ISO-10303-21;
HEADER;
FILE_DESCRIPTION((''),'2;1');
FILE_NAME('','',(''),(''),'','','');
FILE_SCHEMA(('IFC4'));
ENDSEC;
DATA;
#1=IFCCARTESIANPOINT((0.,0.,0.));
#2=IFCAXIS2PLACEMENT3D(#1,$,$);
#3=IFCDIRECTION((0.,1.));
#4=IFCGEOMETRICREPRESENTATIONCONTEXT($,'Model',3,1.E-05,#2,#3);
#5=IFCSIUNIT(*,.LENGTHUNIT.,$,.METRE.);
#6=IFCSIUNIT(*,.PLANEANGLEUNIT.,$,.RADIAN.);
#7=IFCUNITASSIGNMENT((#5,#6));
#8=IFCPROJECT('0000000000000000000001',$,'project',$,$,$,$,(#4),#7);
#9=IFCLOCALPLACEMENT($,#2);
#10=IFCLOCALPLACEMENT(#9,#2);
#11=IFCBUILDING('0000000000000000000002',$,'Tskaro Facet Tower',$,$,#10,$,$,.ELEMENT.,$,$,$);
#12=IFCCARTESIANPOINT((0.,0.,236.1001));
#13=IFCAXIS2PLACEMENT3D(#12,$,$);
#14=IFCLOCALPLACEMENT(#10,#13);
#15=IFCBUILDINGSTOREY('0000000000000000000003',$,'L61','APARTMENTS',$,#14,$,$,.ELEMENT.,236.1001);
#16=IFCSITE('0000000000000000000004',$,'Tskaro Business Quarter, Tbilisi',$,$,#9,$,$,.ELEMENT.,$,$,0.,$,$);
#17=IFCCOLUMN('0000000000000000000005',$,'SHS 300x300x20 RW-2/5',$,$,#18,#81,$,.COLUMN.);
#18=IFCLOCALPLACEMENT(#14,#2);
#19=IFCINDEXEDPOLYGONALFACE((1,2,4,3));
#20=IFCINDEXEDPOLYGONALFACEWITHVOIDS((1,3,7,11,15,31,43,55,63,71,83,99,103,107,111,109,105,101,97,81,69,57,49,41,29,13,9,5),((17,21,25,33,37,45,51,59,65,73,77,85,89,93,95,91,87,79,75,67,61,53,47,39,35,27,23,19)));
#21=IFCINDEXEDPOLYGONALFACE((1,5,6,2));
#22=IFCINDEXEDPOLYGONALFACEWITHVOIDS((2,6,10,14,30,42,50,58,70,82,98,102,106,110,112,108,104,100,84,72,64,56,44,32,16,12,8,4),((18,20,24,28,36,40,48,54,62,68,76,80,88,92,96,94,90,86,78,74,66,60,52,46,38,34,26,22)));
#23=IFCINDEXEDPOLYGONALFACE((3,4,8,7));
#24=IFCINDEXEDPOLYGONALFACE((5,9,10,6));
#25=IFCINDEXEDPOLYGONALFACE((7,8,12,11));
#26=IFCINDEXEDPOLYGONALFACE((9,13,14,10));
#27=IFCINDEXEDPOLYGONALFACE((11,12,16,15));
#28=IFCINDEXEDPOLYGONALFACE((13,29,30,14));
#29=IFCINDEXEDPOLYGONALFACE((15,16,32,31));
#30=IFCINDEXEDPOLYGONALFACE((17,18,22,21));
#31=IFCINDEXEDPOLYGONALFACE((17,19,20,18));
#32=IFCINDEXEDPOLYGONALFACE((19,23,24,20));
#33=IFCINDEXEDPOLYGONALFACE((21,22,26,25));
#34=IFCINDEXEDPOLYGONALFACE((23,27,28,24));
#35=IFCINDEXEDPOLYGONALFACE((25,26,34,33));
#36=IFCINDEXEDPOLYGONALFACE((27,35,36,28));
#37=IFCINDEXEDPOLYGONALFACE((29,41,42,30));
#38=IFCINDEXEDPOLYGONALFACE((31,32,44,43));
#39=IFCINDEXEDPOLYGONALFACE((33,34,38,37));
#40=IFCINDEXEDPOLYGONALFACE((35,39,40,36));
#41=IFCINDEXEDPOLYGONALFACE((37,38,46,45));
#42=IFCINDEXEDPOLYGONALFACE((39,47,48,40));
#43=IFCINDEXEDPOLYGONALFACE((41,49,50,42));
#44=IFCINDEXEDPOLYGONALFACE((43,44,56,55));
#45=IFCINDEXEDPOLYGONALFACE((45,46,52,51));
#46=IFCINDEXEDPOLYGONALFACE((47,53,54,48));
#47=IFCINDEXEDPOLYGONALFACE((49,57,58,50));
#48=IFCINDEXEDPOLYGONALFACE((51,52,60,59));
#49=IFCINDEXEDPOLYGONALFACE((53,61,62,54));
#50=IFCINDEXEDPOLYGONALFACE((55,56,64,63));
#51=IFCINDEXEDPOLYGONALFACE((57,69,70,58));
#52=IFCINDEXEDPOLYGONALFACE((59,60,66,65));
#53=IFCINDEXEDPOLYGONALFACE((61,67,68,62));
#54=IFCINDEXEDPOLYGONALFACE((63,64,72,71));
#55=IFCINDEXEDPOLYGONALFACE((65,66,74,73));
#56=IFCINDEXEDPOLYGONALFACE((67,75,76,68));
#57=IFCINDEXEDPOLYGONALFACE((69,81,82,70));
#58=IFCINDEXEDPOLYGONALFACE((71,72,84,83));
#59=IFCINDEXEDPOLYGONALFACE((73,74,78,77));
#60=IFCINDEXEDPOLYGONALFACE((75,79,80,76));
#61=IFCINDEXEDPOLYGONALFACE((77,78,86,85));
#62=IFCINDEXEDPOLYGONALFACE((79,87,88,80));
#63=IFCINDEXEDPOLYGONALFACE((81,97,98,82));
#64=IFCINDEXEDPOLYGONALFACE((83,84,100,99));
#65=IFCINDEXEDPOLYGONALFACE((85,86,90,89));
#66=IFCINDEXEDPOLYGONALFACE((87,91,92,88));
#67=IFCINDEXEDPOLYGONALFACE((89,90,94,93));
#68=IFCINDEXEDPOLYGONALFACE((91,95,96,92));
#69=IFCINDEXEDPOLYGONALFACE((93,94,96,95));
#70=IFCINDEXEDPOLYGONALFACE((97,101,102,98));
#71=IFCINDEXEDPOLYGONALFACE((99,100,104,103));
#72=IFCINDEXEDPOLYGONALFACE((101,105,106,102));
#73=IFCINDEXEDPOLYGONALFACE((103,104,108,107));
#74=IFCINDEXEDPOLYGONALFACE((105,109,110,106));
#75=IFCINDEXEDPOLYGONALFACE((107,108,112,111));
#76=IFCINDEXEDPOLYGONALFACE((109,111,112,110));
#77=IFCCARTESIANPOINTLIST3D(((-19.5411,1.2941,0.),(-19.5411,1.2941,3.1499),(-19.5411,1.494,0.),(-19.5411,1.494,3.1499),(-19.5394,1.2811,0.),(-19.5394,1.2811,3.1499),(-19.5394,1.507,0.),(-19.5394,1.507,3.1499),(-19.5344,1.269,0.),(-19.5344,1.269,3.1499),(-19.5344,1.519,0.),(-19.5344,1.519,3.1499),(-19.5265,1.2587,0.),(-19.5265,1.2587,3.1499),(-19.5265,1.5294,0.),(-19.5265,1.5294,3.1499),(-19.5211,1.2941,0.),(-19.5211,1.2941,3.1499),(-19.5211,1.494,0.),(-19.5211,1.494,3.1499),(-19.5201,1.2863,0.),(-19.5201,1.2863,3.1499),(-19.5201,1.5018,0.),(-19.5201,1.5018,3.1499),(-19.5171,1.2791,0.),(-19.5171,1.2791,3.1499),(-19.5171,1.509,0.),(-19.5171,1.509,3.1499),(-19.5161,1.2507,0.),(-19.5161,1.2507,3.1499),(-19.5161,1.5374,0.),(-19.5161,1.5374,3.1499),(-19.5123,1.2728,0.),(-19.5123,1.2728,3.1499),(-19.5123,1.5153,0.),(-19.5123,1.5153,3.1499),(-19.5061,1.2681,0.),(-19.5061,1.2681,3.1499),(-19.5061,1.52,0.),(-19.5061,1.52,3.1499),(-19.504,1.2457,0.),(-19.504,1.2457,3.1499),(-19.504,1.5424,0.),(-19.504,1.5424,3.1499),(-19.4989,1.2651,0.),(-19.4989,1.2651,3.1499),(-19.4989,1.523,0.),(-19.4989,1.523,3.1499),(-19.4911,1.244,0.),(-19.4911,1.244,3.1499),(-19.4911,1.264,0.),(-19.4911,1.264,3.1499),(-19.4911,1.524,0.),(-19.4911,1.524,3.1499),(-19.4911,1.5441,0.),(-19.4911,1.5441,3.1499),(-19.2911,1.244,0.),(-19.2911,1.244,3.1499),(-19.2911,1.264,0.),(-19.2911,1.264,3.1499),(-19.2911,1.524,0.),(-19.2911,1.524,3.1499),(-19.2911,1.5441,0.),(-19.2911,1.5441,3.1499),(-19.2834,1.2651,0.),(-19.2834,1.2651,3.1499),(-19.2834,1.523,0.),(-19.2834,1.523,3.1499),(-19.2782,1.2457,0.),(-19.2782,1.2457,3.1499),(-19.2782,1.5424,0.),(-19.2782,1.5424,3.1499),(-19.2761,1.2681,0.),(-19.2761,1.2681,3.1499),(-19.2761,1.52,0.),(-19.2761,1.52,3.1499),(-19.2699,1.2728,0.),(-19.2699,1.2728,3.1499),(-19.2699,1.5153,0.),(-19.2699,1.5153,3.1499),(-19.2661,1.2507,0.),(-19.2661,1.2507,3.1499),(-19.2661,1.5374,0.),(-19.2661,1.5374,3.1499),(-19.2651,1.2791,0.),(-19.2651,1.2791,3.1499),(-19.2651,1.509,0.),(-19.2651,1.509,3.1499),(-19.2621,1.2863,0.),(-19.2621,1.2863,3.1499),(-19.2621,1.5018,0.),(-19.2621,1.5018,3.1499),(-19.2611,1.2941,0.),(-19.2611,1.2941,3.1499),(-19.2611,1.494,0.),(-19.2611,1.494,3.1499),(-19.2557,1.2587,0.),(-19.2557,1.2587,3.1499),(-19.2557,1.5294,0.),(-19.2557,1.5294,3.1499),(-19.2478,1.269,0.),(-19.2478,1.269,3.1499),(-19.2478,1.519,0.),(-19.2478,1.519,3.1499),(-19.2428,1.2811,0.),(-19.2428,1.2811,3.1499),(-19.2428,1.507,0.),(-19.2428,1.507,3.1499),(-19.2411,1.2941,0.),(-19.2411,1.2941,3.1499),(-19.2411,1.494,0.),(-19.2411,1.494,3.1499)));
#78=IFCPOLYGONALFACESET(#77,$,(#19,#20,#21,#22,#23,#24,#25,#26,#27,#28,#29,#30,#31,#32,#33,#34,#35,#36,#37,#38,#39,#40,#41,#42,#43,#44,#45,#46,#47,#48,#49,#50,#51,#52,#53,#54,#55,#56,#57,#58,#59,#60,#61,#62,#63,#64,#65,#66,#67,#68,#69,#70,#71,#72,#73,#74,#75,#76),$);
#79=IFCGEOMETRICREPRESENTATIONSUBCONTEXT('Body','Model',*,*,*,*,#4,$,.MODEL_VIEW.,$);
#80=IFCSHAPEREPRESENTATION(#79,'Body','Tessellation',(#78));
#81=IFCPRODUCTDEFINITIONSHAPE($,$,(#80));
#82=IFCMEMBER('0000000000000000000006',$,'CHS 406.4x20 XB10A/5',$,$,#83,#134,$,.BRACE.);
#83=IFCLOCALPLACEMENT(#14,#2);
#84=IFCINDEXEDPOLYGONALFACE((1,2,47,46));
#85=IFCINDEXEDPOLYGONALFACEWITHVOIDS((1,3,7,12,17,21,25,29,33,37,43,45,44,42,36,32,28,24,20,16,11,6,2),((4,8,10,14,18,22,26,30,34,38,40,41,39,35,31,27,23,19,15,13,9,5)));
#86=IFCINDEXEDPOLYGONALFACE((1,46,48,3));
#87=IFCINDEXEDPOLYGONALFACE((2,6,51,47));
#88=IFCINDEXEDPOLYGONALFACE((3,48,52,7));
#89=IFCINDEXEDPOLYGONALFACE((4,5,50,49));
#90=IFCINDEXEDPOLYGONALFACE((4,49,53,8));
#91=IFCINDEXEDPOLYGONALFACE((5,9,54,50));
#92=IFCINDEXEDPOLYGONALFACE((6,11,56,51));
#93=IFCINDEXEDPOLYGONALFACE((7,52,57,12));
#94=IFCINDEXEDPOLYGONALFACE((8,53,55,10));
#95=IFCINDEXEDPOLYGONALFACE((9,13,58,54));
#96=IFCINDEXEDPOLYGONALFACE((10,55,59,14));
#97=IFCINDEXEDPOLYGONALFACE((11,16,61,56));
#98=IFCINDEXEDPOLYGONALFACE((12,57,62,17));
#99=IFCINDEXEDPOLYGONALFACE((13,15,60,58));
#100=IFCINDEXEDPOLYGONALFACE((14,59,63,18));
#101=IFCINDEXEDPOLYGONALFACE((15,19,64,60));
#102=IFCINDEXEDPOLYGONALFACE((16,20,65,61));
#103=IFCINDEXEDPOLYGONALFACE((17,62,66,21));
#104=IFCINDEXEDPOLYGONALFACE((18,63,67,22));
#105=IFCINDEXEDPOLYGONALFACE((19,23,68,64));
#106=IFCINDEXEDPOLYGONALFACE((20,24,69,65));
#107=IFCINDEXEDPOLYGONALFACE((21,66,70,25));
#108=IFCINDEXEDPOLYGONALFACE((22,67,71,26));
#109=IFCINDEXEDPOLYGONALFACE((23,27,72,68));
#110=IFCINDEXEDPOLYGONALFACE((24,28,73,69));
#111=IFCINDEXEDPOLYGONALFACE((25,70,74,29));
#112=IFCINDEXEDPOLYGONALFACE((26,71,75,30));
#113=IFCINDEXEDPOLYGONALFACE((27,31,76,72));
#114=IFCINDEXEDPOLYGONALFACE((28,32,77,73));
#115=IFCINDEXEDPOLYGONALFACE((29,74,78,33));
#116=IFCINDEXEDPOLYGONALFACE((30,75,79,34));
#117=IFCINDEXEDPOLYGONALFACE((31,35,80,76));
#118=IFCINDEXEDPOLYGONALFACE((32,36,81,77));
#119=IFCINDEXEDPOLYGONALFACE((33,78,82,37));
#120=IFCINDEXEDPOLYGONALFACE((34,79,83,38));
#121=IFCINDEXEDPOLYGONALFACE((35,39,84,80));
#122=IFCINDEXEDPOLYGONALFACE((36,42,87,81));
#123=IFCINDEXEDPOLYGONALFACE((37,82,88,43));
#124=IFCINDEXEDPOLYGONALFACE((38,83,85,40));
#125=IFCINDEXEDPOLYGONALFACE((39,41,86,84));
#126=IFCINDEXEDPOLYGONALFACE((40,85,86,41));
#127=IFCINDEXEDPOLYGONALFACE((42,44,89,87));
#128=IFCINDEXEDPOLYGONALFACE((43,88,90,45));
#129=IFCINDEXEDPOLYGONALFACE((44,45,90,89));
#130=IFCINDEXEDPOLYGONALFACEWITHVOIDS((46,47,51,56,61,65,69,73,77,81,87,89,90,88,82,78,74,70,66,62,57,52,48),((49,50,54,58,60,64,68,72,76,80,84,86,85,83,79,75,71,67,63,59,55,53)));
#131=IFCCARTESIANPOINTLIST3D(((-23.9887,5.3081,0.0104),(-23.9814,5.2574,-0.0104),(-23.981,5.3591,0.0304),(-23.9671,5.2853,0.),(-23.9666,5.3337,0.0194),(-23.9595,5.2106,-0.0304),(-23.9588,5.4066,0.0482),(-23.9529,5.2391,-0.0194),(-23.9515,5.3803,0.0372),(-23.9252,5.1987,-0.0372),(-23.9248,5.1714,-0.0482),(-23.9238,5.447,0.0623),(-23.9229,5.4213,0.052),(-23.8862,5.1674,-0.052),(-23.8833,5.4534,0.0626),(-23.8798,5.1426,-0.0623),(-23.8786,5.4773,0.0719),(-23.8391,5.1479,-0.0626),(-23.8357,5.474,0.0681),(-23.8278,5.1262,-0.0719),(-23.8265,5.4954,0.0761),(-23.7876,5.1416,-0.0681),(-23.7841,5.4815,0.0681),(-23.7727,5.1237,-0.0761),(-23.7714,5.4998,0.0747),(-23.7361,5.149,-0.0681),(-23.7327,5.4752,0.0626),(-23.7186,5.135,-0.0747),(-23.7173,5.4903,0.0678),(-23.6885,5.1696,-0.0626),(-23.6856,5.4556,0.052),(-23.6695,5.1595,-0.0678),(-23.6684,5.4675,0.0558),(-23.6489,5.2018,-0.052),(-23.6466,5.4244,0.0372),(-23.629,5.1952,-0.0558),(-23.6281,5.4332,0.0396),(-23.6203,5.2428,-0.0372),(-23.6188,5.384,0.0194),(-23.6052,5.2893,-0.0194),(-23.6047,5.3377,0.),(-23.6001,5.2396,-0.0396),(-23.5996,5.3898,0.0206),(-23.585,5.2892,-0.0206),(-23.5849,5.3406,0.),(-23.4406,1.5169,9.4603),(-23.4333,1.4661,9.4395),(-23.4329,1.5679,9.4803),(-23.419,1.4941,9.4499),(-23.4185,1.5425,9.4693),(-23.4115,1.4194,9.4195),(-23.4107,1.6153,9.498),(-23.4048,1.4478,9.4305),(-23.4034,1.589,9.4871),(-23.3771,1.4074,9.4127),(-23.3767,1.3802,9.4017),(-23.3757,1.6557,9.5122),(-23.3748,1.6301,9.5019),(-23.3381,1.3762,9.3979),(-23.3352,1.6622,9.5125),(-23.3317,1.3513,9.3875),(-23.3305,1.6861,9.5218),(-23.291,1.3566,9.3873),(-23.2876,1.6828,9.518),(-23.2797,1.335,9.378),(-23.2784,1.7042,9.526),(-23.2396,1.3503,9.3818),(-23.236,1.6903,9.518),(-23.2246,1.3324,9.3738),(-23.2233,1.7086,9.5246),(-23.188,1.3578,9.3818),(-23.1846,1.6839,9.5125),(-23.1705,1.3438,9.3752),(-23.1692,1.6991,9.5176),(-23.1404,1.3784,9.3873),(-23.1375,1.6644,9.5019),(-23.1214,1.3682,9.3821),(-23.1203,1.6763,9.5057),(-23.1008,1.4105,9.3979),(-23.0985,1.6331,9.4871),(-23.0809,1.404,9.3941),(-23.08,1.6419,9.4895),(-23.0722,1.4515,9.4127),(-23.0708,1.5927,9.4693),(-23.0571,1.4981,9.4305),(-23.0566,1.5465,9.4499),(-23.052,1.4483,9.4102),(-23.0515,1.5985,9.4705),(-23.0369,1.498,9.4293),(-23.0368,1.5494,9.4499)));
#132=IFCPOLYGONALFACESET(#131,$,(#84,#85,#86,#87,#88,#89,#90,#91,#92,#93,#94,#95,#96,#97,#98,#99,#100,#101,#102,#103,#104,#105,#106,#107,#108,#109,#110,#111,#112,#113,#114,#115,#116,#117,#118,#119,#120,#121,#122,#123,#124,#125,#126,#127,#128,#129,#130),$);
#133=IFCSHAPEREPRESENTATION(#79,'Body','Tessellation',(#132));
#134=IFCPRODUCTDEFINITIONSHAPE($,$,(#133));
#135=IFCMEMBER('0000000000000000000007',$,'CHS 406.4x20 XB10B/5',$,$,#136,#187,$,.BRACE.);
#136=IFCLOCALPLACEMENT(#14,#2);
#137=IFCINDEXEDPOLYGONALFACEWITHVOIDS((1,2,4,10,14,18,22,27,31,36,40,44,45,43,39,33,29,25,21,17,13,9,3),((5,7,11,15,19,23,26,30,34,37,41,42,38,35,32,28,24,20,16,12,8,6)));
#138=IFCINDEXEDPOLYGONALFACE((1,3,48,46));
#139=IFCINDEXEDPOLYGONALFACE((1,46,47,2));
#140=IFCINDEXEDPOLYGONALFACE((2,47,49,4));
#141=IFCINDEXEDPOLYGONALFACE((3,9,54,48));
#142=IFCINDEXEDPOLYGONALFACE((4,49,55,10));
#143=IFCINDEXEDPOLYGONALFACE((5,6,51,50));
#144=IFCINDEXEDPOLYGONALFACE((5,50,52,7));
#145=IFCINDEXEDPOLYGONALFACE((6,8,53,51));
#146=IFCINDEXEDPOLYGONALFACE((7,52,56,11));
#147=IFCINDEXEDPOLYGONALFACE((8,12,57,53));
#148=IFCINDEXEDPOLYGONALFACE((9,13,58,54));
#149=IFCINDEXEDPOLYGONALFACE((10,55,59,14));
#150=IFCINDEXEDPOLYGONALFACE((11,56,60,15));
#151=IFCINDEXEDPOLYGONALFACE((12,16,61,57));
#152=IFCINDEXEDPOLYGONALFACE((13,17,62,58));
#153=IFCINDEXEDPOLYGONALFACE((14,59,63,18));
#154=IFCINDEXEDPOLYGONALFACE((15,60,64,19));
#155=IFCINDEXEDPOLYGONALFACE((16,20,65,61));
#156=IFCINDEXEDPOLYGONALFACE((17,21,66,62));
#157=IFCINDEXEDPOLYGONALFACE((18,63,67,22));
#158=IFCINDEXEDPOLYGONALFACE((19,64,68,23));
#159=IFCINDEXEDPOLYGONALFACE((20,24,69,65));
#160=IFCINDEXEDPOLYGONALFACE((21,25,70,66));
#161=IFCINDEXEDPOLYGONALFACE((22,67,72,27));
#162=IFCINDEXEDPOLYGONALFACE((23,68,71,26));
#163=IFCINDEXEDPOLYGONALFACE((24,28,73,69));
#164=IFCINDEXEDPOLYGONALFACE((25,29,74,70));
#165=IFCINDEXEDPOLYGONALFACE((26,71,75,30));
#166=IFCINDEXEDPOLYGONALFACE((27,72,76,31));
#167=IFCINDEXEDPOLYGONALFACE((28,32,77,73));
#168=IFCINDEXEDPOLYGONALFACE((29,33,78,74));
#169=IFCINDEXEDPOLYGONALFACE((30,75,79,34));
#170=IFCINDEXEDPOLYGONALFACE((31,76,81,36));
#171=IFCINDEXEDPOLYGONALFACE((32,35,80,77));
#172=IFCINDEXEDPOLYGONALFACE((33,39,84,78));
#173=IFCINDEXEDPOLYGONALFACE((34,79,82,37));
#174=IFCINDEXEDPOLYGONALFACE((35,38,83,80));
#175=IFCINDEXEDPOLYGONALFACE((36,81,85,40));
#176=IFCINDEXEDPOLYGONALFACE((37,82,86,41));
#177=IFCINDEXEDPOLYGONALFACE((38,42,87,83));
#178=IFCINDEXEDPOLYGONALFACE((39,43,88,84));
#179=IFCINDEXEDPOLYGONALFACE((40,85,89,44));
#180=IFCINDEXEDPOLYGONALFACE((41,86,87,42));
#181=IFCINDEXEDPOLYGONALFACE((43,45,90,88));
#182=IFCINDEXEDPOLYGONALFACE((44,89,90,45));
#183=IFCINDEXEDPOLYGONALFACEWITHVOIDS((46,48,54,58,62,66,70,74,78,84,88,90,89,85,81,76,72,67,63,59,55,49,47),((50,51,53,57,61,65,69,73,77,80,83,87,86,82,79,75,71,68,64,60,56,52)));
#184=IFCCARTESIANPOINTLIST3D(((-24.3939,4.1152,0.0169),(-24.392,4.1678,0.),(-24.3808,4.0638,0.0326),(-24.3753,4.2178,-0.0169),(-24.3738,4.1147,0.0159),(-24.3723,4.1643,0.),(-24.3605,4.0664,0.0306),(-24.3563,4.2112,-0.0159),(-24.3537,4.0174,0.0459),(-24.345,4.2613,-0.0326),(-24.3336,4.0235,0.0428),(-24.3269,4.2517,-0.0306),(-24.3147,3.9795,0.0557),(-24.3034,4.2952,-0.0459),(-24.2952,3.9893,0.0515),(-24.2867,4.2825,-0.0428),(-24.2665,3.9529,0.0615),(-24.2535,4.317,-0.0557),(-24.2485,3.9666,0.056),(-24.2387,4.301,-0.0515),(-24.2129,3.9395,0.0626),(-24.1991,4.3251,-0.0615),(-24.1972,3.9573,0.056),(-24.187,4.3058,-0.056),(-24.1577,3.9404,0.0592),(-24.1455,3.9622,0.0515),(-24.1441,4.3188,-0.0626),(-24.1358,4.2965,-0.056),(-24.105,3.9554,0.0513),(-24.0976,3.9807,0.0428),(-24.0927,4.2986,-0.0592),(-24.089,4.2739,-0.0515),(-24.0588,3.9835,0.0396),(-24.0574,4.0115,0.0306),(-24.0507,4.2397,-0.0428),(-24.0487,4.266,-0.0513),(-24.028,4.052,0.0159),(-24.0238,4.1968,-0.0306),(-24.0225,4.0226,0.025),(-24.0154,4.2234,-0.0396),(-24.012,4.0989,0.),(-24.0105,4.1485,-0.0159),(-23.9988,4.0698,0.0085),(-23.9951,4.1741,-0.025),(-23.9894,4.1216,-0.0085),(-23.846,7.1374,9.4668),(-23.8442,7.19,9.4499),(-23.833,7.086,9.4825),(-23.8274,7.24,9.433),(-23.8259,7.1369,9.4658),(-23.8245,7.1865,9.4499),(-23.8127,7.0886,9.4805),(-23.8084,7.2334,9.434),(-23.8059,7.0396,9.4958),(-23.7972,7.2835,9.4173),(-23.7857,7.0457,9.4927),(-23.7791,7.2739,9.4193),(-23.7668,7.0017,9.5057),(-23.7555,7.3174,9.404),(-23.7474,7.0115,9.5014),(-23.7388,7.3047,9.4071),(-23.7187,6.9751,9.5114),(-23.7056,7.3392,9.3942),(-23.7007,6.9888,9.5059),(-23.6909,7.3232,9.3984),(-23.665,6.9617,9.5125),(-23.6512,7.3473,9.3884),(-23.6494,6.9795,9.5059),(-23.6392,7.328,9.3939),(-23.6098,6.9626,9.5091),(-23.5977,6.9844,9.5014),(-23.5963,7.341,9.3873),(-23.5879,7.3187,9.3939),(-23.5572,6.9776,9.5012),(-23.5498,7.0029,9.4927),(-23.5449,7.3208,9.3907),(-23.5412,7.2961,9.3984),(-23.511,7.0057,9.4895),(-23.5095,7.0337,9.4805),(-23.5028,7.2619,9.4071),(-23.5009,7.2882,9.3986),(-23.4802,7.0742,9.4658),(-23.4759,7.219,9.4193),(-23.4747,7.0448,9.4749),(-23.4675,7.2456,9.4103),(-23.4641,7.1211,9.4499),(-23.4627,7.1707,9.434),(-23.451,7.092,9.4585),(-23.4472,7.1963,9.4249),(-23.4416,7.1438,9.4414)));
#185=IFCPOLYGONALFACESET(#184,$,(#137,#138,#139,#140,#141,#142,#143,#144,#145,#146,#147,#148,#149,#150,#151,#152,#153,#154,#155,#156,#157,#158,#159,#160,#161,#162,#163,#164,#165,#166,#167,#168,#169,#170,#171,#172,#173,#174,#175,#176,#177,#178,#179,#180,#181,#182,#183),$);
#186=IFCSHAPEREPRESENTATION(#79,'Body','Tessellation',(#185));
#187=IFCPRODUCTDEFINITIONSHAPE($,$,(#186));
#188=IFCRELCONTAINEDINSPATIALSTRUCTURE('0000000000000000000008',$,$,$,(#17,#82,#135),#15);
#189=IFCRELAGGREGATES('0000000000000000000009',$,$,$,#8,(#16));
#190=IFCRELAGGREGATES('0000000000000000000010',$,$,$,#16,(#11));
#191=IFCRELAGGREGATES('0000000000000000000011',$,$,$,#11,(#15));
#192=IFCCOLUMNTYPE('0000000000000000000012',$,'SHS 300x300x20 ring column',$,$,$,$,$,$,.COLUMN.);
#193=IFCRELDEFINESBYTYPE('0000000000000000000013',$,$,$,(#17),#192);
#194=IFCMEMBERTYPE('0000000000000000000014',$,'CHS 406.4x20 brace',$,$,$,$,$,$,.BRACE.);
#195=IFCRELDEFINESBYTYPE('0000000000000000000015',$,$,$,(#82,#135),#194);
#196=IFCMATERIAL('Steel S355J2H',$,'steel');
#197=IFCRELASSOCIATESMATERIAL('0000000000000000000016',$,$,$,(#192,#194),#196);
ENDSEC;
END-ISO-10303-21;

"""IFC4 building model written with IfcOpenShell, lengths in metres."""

from ifc_helpers import new_model, si_unit, direction, frame, origin, origin_2d, place, context, subcontext, project, spatial, hollow_rectangle, hollow_circle, extrude, material, material_profile, profile_set, type_object, element, save


model = new_model("IFC4")

# Units and contexts
model_context = context("Model", 3, precision=1e-05, world=origin(), true_north=direction((0.0, 1.0)))
body_context = subcontext(model_context, "Body", "Model", "MODEL_VIEW")
ifc_project = project(units=[si_unit("LENGTHUNIT", "METRE"), si_unit("PLANEANGLEUNIT", "RADIAN")], contexts=[model_context])

# Site, building, storey
site_placement = place(None, origin())
site = spatial("IfcSite", under=ifc_project, at=site_placement, Name="Tskaro Business Quarter, Tbilisi", CompositionType="ELEMENT", RefElevation=0.0)
building_placement = place(site_placement, origin())
building = spatial("IfcBuilding", under=site, at=building_placement, Name="Tskaro Facet Tower", CompositionType="ELEMENT")
storey_placement = place(building_placement, frame((0.0, 0.0, 236.1001)))
storey = spatial("IfcBuildingStorey", under=building, at=storey_placement, Name="L61", Description="APARTMENTS", CompositionType="ELEMENT", Elevation=236.1001)

# Column
ifc_material_1 = material(Name="Steel S355J2H", Category="steel")
ifc_material_profile_1 = material_profile(ifc_material_1, hollow_rectangle(XDim=0.3, YDim=0.3, WallThickness=0.02, InnerFilletRadius=0.03, OuterFilletRadius=0.05, at=origin_2d()), Name="SHS 300x300x20")
ifc_profile_set_1 = profile_set([ifc_material_profile_1], Name="Steel S355J2H")
column_type = type_object("IfcColumnType", Name="SHS 300x300x20 ring column", PredefinedType="COLUMN", material=ifc_profile_set_1)
column_placement = place(storey_placement, frame((-19.3911, 1.394, 0.0), z_axis=(0.0, 0.0, 1.0), x_axis=(1.0, 0.0, 0.0)))
element("IfcColumn", 1, at=column_placement, inside=storey, type_object=column_type, Name="SHS 300x300x20 RW-2/5", PredefinedType="COLUMN", context=body_context, shape_type="SweptSolid", body=[
    extrude(hollow_rectangle(XDim=0.3, YDim=0.3, WallThickness=0.02, InnerFilletRadius=0.03, OuterFilletRadius=0.05, at=origin_2d()), origin(), (0.0, 0.0, 1.0), 3.1499),
])

# Members
ifc_material_profile_2 = material_profile(ifc_material_1, hollow_circle(Radius=0.2031, WallThickness=0.02, at=origin_2d()), Name="CHS 406.4x20")
ifc_profile_set_2 = profile_set([ifc_material_profile_2], Name="Steel S355J2H")
member_type_1 = type_object("IfcMemberType", Name="CHS 406.4x20 brace", PredefinedType="BRACE", material=ifc_profile_set_2)
member_1_placement = place(storey_placement, frame((-23.7859, 5.3115, 0.0), z_axis=(0.053752, -0.371807, 0.926753), x_axis=(0.989711, 0.143081, 0.0)))
element("IfcMember", 2, at=member_1_placement, inside=storey, type_object=member_type_1, Name="CHS 406.4x20 XB10A/5", PredefinedType="BRACE", context=body_context, shape_type="SweptSolid", body=[
    extrude(hollow_circle(Radius=0.2031, WallThickness=0.02, at=origin_2d()), origin(), (0.0, 0.0, 1.0), 10.1968),
])
member_2_placement = place(storey_placement, frame((-24.1921, 4.1316, 0.0), z_axis=(0.055135, 0.304151, 0.951027), x_axis=(-0.983964, 0.178368, 0.0)))
element("IfcMember", 3, at=member_2_placement, inside=storey, type_object=member_type_1, Name="CHS 406.4x20 XB10B/5", PredefinedType="BRACE", context=body_context, shape_type="SweptSolid", body=[
    extrude(hollow_circle(Radius=0.2031, WallThickness=0.02, at=origin_2d()), origin(), (0.0, 0.0, 1.0), 9.9365),
])

save(model, "model.ifc")
